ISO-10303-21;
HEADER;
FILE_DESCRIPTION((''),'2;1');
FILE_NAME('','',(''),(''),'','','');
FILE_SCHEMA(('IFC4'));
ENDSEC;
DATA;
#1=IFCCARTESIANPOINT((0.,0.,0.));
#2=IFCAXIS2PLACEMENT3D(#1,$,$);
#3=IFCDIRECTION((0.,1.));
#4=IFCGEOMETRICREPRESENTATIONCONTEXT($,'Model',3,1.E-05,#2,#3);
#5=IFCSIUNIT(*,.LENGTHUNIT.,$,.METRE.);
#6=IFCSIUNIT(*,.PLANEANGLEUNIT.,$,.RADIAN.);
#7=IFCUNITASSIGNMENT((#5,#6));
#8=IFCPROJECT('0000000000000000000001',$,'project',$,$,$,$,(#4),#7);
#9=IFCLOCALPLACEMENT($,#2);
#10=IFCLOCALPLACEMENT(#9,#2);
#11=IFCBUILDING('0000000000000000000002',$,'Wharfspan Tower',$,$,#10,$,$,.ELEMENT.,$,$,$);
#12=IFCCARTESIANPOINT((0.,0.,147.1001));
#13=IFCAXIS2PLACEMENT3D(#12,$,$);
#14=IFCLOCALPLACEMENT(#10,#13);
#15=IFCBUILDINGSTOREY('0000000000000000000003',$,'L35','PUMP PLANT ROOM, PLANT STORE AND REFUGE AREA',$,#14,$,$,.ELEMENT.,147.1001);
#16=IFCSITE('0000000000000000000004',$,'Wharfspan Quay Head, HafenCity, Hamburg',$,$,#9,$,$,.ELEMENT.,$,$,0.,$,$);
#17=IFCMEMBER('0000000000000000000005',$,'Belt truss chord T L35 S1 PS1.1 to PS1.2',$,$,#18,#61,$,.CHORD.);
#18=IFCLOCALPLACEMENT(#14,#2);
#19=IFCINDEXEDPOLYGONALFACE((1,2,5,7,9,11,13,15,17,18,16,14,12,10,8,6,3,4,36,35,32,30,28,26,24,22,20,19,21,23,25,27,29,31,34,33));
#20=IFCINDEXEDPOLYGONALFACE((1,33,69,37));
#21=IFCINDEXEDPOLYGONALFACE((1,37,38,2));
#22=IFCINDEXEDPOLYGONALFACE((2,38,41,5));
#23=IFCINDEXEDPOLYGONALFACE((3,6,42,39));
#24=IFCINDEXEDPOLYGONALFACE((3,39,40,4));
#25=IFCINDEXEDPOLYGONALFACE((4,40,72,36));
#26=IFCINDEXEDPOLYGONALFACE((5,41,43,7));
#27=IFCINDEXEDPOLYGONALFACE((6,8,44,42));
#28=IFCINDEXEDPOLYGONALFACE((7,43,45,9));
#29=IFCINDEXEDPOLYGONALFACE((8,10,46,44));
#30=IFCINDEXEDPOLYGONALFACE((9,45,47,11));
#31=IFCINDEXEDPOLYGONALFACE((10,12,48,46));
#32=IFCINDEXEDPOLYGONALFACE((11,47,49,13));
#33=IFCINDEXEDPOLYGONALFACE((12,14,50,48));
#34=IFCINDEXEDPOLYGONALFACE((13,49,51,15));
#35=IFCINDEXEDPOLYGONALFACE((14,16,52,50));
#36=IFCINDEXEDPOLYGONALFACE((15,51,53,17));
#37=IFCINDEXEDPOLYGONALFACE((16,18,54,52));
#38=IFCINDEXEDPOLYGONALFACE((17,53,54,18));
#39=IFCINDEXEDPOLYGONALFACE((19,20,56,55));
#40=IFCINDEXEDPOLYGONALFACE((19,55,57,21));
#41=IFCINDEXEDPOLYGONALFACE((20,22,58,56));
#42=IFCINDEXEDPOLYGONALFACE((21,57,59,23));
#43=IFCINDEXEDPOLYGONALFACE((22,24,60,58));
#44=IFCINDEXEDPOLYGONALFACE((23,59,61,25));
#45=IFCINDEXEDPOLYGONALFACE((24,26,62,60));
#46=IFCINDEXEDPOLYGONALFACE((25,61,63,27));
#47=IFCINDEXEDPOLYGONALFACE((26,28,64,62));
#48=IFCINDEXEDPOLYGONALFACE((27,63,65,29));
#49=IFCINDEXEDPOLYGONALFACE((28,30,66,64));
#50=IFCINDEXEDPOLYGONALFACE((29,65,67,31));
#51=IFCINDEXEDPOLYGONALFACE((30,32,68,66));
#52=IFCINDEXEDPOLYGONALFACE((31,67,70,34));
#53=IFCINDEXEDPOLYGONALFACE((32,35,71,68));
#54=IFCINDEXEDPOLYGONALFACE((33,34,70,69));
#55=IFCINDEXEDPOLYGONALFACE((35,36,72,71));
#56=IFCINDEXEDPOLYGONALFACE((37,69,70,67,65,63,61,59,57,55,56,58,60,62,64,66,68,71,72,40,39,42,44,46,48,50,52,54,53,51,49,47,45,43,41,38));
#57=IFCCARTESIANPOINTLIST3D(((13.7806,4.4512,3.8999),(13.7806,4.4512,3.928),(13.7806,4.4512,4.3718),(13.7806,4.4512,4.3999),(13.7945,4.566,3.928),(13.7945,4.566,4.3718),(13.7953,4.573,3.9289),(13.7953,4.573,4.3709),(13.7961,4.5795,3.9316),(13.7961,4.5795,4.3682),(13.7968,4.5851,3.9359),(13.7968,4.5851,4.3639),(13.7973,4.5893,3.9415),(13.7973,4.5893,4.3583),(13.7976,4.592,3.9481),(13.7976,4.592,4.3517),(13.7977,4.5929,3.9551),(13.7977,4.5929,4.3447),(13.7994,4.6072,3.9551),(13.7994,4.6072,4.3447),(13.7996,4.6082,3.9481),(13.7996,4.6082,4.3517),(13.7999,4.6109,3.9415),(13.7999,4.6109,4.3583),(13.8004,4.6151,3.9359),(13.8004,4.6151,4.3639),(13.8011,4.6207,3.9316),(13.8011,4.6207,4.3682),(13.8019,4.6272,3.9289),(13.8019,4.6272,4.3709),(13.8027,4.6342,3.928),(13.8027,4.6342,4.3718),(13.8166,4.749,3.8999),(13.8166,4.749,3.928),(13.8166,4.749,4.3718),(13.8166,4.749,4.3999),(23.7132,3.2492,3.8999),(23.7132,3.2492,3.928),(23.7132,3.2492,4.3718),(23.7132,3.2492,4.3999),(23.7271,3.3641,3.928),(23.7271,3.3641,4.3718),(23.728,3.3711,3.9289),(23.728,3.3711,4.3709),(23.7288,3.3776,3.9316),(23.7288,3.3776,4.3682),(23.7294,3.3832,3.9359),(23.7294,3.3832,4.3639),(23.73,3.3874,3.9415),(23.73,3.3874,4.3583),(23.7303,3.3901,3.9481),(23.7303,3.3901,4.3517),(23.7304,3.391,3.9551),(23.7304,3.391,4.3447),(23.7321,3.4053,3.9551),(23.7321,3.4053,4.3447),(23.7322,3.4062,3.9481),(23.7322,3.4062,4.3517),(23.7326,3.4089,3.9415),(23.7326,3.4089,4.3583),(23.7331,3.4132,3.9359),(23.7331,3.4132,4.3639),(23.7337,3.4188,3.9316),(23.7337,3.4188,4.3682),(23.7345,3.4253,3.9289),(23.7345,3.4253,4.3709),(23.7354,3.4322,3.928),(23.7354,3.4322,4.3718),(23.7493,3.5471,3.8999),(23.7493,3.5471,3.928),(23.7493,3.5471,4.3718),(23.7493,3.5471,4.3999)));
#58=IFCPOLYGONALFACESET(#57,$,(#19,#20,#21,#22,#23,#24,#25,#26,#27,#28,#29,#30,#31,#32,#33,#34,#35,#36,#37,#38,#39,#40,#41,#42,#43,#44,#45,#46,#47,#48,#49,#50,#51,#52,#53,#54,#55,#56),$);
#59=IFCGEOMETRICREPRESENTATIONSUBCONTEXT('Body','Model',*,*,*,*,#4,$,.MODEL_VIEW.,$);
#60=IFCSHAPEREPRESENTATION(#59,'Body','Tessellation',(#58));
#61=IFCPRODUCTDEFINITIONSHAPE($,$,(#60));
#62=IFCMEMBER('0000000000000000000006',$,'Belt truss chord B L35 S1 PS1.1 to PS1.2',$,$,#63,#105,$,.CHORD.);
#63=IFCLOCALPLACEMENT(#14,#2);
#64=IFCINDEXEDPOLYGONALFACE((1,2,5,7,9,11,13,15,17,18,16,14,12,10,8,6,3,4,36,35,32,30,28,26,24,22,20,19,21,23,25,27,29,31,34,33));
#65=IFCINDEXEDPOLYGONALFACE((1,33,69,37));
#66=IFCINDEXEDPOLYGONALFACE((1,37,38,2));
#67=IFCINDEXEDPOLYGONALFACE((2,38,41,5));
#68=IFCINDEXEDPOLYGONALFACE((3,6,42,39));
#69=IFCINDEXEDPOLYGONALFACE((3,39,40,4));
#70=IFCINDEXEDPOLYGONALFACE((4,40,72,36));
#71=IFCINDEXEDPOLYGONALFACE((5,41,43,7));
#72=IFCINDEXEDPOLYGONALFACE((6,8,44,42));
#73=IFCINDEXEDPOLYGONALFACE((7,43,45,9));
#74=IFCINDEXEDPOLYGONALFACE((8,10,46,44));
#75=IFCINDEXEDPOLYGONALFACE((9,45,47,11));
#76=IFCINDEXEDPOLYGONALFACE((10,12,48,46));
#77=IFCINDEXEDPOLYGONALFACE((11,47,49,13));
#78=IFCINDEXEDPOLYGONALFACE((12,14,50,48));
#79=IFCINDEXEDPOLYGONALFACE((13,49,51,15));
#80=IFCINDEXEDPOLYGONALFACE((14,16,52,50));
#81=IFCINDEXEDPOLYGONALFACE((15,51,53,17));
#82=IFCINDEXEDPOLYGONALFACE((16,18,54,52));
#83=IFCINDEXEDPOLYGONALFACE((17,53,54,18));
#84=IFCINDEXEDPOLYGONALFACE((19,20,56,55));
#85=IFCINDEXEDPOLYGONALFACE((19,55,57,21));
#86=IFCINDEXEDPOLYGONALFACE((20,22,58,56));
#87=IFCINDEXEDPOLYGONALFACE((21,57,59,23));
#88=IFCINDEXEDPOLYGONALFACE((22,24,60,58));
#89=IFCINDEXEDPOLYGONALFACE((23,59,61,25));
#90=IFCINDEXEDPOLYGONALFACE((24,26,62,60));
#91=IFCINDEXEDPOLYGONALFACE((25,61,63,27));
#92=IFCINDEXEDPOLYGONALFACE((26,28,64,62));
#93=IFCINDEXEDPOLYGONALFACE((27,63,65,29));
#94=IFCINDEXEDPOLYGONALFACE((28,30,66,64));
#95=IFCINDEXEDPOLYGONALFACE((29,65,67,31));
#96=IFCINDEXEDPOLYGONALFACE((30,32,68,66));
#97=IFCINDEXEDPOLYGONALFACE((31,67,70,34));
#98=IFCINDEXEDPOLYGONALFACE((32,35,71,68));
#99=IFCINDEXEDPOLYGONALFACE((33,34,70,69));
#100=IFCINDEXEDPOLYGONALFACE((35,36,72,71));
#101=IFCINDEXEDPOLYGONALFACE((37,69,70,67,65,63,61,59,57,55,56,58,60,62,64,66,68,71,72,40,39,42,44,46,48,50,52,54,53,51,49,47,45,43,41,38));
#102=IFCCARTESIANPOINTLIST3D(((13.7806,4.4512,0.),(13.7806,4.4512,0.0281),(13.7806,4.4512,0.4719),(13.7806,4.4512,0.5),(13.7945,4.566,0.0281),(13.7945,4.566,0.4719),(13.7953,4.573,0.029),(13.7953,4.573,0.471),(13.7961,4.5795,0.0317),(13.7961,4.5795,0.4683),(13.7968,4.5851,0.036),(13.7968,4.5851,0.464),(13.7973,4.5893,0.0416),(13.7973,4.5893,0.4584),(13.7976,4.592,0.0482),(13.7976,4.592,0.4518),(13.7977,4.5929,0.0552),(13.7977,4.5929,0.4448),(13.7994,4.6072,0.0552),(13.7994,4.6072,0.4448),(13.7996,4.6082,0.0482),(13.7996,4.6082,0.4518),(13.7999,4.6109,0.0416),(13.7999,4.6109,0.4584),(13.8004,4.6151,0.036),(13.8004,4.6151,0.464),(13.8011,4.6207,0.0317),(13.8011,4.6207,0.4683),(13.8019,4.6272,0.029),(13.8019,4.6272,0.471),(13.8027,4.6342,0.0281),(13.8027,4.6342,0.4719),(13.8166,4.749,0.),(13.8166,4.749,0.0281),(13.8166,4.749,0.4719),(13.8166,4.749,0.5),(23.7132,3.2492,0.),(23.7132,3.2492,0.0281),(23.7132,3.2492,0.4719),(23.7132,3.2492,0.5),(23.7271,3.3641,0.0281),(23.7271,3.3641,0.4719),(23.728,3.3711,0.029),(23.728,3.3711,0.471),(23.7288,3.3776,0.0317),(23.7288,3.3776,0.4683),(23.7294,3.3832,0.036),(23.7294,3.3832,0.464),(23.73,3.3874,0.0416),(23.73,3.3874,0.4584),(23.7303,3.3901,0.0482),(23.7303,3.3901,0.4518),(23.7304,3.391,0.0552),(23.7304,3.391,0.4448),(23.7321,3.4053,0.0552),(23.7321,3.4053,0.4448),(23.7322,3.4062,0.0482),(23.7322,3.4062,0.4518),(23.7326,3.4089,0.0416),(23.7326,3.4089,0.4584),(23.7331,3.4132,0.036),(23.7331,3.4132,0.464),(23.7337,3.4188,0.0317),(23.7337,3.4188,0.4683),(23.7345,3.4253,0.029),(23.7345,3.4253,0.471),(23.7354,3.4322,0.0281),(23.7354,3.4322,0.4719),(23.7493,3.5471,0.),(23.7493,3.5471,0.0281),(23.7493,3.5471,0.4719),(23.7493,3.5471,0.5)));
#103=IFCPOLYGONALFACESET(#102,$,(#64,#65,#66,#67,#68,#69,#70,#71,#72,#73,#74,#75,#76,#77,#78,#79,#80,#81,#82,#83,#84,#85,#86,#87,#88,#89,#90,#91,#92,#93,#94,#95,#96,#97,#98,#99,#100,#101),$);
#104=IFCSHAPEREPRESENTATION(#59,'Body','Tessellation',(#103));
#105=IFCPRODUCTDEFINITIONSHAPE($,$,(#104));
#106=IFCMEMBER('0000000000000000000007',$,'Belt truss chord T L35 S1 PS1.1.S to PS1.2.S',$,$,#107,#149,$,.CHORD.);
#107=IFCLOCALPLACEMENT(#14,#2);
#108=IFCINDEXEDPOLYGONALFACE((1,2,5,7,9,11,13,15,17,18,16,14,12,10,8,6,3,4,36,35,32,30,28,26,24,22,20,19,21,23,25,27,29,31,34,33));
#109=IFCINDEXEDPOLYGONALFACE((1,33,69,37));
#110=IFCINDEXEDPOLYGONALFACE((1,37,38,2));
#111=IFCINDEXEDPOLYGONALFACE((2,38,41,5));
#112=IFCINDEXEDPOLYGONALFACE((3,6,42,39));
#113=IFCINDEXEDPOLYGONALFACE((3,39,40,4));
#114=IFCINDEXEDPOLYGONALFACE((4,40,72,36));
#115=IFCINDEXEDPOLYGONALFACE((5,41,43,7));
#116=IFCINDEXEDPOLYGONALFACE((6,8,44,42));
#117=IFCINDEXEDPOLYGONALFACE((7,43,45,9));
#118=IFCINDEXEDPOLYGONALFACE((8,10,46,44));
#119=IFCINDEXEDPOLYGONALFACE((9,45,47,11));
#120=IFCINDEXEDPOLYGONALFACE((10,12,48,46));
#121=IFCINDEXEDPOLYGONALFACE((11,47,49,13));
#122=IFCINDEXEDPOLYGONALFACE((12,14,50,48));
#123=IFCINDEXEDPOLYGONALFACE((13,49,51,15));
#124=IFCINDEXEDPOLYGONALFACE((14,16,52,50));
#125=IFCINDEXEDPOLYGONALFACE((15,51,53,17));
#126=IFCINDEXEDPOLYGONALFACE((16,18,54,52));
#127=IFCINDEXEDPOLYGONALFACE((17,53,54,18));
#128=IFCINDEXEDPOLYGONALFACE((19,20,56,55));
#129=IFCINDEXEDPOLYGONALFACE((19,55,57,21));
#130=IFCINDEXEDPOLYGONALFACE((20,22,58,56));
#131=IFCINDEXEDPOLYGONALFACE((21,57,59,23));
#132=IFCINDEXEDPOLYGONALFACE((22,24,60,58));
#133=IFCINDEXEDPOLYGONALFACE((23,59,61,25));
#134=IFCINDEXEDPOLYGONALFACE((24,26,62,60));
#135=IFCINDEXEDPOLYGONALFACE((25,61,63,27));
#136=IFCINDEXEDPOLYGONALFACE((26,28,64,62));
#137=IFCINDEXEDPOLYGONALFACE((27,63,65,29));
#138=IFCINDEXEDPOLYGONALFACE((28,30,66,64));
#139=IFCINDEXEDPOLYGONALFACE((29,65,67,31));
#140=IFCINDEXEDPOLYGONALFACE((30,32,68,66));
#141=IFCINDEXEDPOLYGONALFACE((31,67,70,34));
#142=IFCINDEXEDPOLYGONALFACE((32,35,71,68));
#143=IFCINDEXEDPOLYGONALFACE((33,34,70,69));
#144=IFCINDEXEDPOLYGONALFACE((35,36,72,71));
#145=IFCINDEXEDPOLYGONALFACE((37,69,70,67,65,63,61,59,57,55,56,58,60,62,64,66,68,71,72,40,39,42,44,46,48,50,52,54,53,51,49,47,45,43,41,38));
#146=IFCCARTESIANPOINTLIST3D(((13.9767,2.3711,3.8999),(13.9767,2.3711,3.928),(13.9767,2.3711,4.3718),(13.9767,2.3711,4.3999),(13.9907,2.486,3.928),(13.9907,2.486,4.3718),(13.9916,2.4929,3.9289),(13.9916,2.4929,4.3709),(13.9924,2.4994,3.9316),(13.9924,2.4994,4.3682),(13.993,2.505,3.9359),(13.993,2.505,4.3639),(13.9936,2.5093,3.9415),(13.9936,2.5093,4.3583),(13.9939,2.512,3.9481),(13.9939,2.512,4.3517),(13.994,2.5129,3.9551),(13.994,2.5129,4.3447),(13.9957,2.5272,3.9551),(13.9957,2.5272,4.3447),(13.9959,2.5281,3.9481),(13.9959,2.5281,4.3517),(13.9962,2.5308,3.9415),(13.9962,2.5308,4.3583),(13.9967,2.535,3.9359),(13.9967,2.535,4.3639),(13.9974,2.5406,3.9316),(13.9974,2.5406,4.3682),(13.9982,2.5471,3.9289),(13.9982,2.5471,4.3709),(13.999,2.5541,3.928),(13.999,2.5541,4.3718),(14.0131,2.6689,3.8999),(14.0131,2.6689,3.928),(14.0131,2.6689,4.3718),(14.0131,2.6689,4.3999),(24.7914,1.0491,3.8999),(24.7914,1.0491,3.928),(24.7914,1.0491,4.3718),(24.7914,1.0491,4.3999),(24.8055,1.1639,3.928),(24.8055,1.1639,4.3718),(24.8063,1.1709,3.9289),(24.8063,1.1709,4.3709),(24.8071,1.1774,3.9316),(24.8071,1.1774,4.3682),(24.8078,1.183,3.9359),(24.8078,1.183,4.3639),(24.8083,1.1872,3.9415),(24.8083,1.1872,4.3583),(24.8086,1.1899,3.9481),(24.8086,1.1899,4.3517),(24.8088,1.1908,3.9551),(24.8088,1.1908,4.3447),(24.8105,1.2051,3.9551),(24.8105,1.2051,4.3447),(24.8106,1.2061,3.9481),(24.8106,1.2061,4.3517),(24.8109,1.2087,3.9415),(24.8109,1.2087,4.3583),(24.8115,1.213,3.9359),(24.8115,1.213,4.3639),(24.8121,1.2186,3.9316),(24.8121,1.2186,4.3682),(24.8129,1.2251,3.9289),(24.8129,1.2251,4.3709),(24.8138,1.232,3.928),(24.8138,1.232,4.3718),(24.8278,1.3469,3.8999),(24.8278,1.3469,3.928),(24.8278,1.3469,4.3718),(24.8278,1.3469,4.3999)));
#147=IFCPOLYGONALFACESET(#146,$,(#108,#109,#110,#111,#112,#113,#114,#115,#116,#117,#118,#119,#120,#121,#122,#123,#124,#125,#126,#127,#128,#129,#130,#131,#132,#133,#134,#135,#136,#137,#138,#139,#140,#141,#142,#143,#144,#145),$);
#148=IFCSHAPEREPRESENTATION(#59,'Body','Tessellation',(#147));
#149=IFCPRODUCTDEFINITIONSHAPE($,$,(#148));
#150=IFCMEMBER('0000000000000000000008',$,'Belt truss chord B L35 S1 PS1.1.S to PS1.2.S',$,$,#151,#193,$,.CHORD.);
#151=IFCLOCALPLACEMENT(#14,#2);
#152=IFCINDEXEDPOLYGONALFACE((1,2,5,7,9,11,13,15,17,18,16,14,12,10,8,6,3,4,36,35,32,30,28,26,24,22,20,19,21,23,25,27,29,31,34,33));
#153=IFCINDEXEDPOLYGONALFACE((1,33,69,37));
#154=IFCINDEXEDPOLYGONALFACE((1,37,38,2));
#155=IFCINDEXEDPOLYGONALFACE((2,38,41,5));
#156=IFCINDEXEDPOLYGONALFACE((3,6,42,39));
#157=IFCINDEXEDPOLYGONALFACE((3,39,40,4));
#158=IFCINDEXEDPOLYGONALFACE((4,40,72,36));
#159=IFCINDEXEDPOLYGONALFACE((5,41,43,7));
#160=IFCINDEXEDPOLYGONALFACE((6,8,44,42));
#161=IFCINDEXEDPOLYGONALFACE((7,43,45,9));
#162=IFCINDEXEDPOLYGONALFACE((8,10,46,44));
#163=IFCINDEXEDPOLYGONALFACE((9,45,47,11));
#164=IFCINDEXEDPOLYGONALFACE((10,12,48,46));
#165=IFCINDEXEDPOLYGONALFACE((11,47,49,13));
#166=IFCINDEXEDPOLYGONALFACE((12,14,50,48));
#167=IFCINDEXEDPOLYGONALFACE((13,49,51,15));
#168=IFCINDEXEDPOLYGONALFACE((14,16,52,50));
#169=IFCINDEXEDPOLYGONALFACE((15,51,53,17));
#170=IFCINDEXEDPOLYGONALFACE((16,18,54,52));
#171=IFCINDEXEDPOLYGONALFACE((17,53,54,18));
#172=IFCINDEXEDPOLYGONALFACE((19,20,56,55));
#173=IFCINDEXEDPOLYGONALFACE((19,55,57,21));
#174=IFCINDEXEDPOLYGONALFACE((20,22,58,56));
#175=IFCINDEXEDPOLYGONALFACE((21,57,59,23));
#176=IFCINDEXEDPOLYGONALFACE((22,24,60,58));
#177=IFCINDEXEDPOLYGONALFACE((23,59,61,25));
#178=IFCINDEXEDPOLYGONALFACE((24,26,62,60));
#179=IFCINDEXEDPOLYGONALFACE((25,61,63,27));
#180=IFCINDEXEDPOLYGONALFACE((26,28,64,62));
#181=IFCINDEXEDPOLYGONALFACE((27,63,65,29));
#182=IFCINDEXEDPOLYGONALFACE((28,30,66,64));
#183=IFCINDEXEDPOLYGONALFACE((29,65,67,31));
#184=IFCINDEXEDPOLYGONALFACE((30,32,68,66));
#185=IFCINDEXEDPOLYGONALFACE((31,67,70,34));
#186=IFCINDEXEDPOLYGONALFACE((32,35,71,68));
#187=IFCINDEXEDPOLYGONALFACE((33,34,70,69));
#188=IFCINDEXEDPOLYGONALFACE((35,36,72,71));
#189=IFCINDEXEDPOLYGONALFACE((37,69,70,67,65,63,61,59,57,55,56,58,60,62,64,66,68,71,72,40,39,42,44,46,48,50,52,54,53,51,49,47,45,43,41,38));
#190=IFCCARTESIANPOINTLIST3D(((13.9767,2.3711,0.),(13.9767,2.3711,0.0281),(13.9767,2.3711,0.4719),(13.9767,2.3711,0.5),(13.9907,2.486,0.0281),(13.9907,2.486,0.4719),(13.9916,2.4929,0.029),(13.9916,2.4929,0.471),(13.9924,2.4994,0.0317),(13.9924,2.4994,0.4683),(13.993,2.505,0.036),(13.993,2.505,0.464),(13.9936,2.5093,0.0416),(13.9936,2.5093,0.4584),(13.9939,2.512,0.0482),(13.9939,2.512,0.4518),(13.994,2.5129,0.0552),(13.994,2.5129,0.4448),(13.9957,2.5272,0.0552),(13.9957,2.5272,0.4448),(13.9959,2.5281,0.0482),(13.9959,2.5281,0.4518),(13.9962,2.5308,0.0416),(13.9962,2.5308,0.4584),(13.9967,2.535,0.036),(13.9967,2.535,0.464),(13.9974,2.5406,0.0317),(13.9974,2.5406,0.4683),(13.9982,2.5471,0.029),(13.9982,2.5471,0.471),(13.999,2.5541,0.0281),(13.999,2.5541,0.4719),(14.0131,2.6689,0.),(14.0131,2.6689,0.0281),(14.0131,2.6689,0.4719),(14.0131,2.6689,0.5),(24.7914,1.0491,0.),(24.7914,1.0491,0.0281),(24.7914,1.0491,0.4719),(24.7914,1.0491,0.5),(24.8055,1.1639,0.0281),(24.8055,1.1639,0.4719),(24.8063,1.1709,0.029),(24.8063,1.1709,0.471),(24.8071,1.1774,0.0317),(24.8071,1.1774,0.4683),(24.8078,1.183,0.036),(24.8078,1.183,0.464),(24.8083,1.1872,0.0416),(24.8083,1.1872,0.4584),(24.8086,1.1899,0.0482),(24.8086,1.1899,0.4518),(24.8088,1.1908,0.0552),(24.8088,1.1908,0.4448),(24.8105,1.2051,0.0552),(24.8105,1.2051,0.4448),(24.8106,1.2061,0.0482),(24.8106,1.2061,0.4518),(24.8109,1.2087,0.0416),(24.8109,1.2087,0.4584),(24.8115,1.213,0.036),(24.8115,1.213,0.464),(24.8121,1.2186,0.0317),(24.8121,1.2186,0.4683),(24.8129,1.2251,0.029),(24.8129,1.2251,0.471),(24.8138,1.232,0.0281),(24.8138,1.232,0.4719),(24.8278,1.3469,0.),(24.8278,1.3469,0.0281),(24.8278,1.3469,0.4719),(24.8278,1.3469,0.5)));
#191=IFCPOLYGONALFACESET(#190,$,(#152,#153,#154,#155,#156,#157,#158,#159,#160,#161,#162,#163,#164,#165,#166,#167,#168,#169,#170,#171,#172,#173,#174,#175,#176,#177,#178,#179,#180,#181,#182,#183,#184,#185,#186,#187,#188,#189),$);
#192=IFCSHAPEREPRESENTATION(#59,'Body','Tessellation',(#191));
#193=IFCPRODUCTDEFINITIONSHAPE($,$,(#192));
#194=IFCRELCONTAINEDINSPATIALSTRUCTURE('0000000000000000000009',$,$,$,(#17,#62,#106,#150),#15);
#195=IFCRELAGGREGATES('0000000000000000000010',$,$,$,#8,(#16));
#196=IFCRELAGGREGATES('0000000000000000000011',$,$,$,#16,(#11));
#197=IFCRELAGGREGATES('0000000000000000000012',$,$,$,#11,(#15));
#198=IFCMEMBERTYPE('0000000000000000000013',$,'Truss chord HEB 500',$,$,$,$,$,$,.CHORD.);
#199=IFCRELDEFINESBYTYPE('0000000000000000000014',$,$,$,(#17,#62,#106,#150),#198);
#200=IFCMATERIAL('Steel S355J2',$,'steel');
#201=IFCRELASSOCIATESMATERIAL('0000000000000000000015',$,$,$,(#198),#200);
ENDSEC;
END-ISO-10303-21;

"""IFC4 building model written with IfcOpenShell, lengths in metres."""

from ifc_helpers import new_model, si_unit, direction, frame, origin, origin_2d, place, context, subcontext, project, spatial, i_section, extrude, material, material_profile, profile_set, type_object, element, save


model = new_model("IFC4")

# Units and contexts
model_context = context("Model", 3, precision=1e-05, world=origin(), true_north=direction((0.0, 1.0)))
body_context = subcontext(model_context, "Body", "Model", "MODEL_VIEW")
ifc_project = project(units=[si_unit("LENGTHUNIT", "METRE"), si_unit("PLANEANGLEUNIT", "RADIAN")], contexts=[model_context])

# Site, building, storey
site_placement = place(None, origin())
site = spatial("IfcSite", under=ifc_project, at=site_placement, Name="Wharfspan Quay Head, HafenCity, Hamburg", CompositionType="ELEMENT", RefElevation=0.0)
building_placement = place(site_placement, origin())
building = spatial("IfcBuilding", under=site, at=building_placement, Name="Wharfspan Tower", CompositionType="ELEMENT")
storey_placement = place(building_placement, frame((0.0, 0.0, 147.1001)))
storey = spatial("IfcBuildingStorey", under=building, at=storey_placement, Name="L35", Description="PUMP PLANT ROOM, PLANT STORE AND REFUGE AREA", CompositionType="ELEMENT", Elevation=147.1001)

# Shared definitions
ifc_material_1 = material(Name="Steel S355J2", Category="steel")

# Members
ifc_material_profile_1 = material_profile(ifc_material_1, i_section(OverallWidth=0.3, OverallDepth=0.5, WebThickness=0.0144, FlangeThickness=0.0281, FilletRadius=0.0271, at=origin_2d()))
ifc_profile_set_1 = profile_set([ifc_material_profile_1], Name="Steel S355J2")
member_type_1 = type_object("IfcMemberType", Name="Truss chord HEB 500", PredefinedType="CHORD", material=ifc_profile_set_1)
for number, where, z_axis, x_axis, name in (
    (1, (13.7986, 4.6001, 4.1499), (0.992758, -0.12013, 0.0), (0.12013, 0.992758, 0.0), "Belt truss chord T L35 S1 PS1.1 to PS1.2"),
    (2, (13.7986, 4.6001, 0.25), (0.992758, -0.12013, 0.0), (0.12013, 0.992758, 0.0), "Belt truss chord B L35 S1 PS1.1 to PS1.2"),
):
    element("IfcMember", number, at=place(storey_placement, frame(where, z_axis=z_axis, x_axis=x_axis)), inside=storey, type_object=member_type_1, Name=name, PredefinedType="CHORD", context=body_context, shape_type="SweptSolid", body=[
        extrude(i_section(OverallWidth=0.3, OverallDepth=0.5, WebThickness=0.0144, FlangeThickness=0.0281, FilletRadius=0.0271, at=origin_2d()), origin(), (0.0, 0.0, 1.0), 10.0051),
    ])
for number, where, z_axis, x_axis, name in (
    (3, (13.9949, 2.52, 4.1499), (0.992611, -0.12134, 0.0), (0.12134, 0.992611, 0.0), "Belt truss chord T L35 S1 PS1.1.S to PS1.2.S"),
    (4, (13.9949, 2.52, 0.25), (0.992611, -0.12134, 0.0), (0.12134, 0.992611, 0.0), "Belt truss chord B L35 S1 PS1.1.S to PS1.2.S"),
):
    element("IfcMember", number, at=place(storey_placement, frame(where, z_axis=z_axis, x_axis=x_axis)), inside=storey, type_object=member_type_1, Name=name, PredefinedType="CHORD", context=body_context, shape_type="SweptSolid", body=[
        extrude(i_section(OverallWidth=0.3, OverallDepth=0.5, WebThickness=0.0144, FlangeThickness=0.0281, FilletRadius=0.0271, at=origin_2d()), origin(), (0.0, 0.0, 1.0), 10.8953),
    ])

save(model, "model.ifc")
